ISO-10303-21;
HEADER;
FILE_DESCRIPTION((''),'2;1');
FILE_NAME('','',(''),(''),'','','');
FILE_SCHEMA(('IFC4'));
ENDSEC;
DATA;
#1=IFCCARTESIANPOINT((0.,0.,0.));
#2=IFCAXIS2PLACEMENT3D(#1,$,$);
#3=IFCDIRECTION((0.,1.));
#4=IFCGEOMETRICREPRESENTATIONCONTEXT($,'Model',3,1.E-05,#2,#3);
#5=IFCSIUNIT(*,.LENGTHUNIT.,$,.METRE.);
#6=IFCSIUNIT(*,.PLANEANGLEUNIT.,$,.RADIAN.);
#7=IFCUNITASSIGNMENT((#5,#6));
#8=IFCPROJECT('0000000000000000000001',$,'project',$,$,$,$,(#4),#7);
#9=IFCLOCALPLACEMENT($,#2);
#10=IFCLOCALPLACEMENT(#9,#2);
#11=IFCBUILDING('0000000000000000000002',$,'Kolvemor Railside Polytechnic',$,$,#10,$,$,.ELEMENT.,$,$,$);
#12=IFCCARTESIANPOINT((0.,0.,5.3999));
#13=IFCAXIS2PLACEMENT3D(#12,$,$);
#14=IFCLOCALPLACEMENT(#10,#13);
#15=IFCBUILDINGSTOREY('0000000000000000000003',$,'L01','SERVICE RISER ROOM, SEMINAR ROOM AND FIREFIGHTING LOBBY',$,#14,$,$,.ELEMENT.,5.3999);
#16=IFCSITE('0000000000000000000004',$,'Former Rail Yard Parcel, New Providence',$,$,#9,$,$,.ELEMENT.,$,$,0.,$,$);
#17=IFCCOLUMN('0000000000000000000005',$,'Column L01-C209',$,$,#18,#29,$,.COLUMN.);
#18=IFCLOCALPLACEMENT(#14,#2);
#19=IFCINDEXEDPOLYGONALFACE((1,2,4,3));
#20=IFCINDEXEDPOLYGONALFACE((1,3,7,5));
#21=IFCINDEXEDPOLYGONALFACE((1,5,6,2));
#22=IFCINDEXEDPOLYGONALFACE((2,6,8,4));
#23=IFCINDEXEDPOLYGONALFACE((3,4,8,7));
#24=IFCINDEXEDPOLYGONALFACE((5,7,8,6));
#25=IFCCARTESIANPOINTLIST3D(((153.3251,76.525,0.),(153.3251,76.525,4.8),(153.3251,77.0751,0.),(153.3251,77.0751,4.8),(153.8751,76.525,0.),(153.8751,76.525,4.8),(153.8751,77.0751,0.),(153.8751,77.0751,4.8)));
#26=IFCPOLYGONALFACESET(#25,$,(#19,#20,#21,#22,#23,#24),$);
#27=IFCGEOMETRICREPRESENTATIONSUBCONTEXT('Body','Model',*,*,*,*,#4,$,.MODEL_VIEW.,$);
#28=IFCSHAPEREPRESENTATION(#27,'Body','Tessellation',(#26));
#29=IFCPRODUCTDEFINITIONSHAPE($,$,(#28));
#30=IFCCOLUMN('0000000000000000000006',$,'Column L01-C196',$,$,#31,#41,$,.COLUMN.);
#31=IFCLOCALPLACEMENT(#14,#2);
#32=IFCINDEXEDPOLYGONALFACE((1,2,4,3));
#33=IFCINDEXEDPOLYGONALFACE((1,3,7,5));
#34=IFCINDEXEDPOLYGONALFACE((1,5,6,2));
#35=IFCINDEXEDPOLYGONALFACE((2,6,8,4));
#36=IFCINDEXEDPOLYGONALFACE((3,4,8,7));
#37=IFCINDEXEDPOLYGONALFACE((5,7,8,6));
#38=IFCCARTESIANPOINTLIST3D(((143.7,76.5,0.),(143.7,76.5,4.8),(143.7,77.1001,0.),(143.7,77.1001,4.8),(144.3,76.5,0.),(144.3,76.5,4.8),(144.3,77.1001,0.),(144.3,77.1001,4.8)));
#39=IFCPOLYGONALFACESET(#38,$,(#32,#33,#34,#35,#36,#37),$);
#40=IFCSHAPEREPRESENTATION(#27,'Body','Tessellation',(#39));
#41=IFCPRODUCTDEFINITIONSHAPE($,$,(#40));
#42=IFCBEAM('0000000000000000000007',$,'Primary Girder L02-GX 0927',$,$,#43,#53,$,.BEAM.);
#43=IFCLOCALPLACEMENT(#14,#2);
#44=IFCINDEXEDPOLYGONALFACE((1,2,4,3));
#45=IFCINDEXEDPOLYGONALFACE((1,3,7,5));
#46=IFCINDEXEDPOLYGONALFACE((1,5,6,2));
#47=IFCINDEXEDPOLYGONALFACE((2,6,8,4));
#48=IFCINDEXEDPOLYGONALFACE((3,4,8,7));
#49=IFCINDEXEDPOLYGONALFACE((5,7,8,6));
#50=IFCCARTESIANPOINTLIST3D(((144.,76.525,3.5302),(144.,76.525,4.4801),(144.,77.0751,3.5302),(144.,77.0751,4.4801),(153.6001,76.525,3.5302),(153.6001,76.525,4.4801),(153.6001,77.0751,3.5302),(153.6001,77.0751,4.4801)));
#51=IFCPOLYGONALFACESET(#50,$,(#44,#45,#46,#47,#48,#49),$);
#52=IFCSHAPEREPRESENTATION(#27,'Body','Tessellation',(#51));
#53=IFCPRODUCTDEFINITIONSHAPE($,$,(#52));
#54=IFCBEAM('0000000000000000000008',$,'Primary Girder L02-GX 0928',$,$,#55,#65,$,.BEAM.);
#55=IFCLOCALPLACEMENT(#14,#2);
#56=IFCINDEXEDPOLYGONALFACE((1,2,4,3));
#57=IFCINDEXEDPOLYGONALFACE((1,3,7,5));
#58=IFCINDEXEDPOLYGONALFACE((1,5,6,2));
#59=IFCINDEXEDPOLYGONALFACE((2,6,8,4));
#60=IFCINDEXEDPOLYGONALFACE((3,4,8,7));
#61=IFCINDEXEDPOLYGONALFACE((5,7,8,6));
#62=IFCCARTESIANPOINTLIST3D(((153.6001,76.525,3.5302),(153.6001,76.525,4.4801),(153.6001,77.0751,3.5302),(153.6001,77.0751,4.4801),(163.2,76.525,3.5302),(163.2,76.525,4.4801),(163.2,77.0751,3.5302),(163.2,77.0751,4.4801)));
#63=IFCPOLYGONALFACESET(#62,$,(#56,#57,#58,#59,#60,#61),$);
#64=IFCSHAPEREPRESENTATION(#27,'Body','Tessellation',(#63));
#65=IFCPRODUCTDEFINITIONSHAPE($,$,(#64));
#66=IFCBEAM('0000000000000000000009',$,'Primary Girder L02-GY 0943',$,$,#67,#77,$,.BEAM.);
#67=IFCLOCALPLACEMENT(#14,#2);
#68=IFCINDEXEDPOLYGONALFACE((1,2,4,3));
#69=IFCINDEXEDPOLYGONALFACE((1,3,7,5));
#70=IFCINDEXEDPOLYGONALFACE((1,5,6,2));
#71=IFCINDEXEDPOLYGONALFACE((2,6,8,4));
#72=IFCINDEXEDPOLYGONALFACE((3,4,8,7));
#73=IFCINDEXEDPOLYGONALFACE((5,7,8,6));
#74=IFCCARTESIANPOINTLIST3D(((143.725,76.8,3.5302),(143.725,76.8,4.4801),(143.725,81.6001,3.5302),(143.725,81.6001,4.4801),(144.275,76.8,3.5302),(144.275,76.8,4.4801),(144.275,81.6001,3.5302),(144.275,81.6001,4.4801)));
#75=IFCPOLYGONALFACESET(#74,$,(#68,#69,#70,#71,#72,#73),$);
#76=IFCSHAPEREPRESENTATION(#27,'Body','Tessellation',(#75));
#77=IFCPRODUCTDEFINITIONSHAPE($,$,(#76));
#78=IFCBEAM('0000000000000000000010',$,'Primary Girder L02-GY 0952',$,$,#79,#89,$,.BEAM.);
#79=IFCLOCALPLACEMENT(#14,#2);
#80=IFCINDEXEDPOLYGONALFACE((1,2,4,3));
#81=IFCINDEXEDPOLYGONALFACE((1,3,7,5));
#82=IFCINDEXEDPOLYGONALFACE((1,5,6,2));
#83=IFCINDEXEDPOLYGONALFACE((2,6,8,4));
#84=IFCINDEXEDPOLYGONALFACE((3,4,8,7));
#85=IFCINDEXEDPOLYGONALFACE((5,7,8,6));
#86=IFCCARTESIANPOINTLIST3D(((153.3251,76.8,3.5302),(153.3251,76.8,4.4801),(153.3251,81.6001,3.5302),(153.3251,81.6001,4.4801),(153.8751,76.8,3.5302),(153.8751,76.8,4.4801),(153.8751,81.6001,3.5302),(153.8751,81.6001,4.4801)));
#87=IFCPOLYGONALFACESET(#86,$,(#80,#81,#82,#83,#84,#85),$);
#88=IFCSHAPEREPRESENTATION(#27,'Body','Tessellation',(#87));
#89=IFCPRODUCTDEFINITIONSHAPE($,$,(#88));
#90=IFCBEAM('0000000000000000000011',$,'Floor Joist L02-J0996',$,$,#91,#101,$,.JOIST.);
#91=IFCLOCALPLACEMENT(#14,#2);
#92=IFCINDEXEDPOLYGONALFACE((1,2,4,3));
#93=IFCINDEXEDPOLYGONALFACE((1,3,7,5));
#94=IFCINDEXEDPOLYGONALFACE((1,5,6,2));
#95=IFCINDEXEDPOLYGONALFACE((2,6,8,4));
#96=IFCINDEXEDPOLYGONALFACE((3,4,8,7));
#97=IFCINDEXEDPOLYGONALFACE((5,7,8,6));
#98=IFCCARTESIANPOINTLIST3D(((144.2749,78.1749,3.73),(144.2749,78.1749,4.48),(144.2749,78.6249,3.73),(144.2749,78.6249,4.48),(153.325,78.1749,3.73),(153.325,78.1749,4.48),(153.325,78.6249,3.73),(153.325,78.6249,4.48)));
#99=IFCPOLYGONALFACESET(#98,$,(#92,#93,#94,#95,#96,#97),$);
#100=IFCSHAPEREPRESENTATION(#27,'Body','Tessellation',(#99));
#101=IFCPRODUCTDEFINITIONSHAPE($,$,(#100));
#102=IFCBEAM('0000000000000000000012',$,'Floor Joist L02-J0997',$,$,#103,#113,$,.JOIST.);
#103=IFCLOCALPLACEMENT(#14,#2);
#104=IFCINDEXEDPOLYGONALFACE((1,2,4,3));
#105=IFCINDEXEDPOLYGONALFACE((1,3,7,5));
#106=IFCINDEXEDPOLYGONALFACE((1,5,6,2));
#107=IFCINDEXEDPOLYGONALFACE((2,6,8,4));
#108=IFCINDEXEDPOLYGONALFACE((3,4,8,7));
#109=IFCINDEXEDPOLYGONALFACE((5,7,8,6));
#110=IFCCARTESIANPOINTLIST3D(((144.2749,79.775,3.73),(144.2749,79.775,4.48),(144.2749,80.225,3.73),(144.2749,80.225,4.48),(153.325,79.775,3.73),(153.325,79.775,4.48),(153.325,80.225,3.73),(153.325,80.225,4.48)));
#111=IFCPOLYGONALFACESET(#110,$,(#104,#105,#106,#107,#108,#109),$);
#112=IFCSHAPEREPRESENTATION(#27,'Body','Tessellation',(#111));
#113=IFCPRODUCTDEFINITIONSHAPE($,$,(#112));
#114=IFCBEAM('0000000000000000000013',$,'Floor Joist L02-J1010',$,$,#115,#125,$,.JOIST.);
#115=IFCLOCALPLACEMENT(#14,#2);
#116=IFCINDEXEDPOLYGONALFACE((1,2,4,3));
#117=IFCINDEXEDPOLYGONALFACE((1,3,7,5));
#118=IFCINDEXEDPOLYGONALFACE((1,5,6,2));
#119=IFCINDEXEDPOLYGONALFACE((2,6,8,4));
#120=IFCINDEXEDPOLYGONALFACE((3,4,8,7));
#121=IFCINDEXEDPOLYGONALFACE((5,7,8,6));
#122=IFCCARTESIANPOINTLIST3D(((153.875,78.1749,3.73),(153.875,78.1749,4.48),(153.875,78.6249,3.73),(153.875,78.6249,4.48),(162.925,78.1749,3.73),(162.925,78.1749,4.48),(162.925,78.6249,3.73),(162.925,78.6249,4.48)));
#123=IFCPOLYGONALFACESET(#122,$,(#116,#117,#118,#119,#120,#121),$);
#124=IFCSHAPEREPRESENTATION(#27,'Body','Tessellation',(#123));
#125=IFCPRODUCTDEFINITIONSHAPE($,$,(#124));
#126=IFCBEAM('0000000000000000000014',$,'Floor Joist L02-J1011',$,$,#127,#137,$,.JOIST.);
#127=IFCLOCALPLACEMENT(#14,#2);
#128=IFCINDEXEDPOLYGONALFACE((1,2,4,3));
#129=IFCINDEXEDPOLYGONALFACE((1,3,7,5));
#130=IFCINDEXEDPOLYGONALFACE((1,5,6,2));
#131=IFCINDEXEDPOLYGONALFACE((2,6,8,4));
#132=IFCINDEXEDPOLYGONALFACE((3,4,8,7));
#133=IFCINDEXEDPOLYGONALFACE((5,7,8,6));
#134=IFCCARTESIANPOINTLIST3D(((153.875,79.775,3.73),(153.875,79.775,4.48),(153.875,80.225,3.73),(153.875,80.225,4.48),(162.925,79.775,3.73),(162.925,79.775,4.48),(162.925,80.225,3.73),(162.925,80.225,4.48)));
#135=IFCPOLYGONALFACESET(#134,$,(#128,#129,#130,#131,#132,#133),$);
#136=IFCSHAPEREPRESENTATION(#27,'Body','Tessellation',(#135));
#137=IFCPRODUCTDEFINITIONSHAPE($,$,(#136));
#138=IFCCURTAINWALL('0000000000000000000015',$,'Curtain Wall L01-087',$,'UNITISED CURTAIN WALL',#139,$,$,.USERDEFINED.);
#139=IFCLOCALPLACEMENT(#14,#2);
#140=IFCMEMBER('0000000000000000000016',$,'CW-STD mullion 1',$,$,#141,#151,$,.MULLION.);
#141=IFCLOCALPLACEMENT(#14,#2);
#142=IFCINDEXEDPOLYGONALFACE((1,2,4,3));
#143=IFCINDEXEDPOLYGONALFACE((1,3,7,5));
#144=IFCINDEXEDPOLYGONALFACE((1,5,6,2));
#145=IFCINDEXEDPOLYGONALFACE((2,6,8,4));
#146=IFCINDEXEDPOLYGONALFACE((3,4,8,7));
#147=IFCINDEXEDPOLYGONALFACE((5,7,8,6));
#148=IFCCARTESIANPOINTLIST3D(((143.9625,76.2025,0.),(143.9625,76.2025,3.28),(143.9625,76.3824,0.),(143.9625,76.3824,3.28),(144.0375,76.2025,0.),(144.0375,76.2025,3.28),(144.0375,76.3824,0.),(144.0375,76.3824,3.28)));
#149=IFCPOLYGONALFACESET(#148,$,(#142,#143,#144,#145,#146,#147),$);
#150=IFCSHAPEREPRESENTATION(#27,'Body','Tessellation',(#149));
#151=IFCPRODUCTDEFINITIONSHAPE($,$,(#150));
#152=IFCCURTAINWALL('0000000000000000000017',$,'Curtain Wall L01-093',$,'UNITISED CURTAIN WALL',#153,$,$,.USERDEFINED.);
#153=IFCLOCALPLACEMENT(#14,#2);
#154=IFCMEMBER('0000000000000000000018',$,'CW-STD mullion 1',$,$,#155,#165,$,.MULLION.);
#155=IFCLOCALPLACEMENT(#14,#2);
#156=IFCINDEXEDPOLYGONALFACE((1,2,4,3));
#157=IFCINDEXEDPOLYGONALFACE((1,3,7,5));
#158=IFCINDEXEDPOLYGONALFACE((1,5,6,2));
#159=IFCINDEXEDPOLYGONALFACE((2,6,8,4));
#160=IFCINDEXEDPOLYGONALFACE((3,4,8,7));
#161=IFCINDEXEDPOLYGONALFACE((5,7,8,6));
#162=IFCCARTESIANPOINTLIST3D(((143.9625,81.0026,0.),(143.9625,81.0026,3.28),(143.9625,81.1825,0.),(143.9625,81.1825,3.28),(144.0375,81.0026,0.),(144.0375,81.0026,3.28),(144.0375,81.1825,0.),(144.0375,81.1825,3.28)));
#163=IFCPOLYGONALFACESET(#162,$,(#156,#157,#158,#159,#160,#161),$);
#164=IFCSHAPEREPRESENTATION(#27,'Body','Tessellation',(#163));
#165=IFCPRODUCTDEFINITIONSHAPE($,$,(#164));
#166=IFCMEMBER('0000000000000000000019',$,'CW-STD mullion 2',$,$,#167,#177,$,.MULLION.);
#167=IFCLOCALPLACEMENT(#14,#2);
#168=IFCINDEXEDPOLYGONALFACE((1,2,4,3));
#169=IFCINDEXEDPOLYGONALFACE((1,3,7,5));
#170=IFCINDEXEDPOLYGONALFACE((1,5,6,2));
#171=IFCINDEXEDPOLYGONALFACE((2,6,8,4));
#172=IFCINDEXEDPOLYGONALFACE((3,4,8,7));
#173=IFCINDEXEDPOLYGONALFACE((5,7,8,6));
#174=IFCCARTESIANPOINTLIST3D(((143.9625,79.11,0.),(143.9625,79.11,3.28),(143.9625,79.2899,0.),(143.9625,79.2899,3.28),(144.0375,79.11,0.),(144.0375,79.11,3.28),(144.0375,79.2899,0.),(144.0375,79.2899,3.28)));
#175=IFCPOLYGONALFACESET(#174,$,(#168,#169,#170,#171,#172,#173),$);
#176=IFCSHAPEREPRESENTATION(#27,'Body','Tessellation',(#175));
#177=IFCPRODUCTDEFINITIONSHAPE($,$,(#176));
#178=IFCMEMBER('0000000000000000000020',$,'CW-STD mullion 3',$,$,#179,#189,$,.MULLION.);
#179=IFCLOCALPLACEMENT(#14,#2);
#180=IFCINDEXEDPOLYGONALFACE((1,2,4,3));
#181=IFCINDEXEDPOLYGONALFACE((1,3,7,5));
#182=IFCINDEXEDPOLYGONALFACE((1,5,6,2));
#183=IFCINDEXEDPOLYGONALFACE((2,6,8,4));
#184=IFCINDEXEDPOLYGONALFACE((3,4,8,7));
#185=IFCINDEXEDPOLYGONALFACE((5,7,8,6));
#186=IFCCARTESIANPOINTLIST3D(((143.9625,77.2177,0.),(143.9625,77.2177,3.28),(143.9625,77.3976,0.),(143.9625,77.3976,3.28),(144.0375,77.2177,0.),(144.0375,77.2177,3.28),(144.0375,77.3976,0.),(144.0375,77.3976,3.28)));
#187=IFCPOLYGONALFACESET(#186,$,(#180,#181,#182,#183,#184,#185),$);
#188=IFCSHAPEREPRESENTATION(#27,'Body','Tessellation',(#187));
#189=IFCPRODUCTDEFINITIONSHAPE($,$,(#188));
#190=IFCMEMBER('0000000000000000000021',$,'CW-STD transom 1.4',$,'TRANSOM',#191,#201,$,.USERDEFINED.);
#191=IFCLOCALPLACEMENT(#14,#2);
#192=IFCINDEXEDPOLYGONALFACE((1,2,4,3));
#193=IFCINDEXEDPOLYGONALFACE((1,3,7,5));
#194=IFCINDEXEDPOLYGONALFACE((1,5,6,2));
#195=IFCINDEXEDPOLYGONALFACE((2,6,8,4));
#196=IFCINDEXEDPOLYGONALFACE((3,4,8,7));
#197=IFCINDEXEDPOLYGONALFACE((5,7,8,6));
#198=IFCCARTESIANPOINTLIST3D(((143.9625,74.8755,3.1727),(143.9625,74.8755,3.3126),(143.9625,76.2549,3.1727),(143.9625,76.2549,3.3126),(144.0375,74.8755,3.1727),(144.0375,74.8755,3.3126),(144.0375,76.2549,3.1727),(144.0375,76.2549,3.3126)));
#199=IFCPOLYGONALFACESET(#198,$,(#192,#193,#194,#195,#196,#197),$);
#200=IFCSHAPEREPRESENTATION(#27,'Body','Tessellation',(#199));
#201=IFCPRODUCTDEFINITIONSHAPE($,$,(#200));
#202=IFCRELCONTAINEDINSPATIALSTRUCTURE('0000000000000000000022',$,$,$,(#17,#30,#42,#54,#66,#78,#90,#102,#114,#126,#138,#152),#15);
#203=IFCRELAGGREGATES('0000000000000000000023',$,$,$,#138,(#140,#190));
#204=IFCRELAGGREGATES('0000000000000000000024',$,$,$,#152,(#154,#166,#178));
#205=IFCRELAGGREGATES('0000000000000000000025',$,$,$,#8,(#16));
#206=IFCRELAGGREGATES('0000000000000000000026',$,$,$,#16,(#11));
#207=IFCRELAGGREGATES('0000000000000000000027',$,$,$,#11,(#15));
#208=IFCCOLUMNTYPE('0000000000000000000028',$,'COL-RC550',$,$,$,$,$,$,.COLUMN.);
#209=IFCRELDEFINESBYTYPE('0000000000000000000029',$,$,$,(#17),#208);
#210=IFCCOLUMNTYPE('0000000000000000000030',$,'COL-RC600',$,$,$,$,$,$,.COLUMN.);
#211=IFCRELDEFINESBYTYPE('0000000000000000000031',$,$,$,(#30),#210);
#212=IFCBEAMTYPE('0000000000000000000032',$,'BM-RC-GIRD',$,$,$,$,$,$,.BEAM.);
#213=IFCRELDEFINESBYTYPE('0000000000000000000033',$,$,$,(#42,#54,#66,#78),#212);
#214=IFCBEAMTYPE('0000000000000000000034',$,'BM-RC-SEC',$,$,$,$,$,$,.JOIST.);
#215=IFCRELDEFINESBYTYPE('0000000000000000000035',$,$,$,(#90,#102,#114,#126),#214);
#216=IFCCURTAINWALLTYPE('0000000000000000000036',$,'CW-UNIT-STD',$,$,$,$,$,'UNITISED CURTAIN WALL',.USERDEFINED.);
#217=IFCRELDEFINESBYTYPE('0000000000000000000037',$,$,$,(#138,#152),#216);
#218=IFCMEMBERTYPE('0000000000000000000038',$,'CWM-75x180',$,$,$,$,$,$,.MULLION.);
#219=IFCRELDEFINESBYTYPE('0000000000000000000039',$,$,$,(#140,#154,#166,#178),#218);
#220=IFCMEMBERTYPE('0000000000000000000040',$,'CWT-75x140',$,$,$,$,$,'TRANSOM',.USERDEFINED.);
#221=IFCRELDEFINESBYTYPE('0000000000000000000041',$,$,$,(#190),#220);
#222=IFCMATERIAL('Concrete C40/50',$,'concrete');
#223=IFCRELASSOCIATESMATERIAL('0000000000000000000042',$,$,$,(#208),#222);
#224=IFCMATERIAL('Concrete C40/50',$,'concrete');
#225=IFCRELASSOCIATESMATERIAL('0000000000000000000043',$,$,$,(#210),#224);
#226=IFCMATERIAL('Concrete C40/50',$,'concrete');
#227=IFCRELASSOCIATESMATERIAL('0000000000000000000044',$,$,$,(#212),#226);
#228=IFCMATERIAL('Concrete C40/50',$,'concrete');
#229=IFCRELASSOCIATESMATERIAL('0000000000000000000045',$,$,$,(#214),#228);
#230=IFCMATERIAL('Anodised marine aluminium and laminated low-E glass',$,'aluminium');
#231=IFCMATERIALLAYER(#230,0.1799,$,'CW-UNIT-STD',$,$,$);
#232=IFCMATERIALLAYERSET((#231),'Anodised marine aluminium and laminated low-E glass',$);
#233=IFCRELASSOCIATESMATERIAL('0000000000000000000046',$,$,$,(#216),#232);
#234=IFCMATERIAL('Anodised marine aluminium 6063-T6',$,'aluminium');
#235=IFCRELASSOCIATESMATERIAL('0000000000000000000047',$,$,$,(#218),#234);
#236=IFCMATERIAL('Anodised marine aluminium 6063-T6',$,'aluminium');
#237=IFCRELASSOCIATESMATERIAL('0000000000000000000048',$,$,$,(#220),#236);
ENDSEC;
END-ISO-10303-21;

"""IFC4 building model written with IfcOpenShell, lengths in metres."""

from ifc_helpers import new_model, si_unit, direction, frame, origin, origin_2d, place, context, subcontext, project, spatial, rectangle, extrude, material, layer, layer_set, material_profile, profile_set, type_object, element, aggregate, save


model = new_model("IFC4")

# Units and contexts
model_context = context("Model", 3, precision=1e-05, world=origin(), true_north=direction((0.0, 1.0)))
body_context = subcontext(model_context, "Body", "Model", "MODEL_VIEW")
ifc_project = project(units=[si_unit("LENGTHUNIT", "METRE"), si_unit("PLANEANGLEUNIT", "RADIAN")], contexts=[model_context])

# Site, building, storey
site_placement = place(None, origin())
site = spatial("IfcSite", under=ifc_project, at=site_placement, Name="Former Rail Yard Parcel, New Providence", CompositionType="ELEMENT", RefElevation=0.0)
building_placement = place(site_placement, origin())
building = spatial("IfcBuilding", under=site, at=building_placement, Name="Kolvemor Railside Polytechnic", CompositionType="ELEMENT")
storey_placement = place(building_placement, frame((0.0, 0.0, 5.3999)))
storey = spatial("IfcBuildingStorey", under=building, at=storey_placement, Name="L01", Description="SERVICE RISER ROOM, SEMINAR ROOM AND FIREFIGHTING LOBBY", CompositionType="ELEMENT", Elevation=5.3999)

# Columns
ifc_material_1 = material(Name="Concrete C40/50", Category="concrete")
ifc_material_profile_1 = material_profile(ifc_material_1, rectangle(XDim=0.55, YDim=0.55, at=origin_2d()), Name="RC550x550")
ifc_profile_set_1 = profile_set([ifc_material_profile_1], Name="Concrete C40/50")
column_type_1 = type_object("IfcColumnType", Name="COL-RC550", PredefinedType="COLUMN", material=ifc_profile_set_1)
column_1_placement = place(storey_placement, frame((153.6001, 76.8, 0.0), z_axis=(0.0, 0.0, 1.0), x_axis=(1.0, 0.0, 0.0)))
element("IfcColumn", 1, at=column_1_placement, inside=storey, type_object=column_type_1, Name="Column L01-C209", PredefinedType="COLUMN", context=body_context, shape_type="SweptSolid", body=[
    extrude(rectangle(XDim=0.55, YDim=0.55, at=origin_2d()), origin(), (0.0, 0.0, 1.0), 4.8),
])
ifc_material_2 = material(Name="Concrete C40/50", Category="concrete")
ifc_material_profile_2 = material_profile(ifc_material_2, rectangle(XDim=0.6001, YDim=0.6001, at=origin_2d()), Name="RC600x600")
ifc_profile_set_2 = profile_set([ifc_material_profile_2], Name="Concrete C40/50")
column_type_2 = type_object("IfcColumnType", Name="COL-RC600", PredefinedType="COLUMN", material=ifc_profile_set_2)
column_2_placement = place(storey_placement, frame((144.0, 76.8, 0.0), z_axis=(0.0, 0.0, 1.0), x_axis=(1.0, 0.0, 0.0)))
element("IfcColumn", 2, at=column_2_placement, inside=storey, type_object=column_type_2, Name="Column L01-C196", PredefinedType="COLUMN", context=body_context, shape_type="SweptSolid", body=[
    extrude(rectangle(XDim=0.6001, YDim=0.6001, at=origin_2d()), origin(), (0.0, 0.0, 1.0), 4.8),
])

# Beams
ifc_material_3 = material(Name="Concrete C40/50", Category="concrete")
ifc_material_profile_3 = material_profile(ifc_material_3, rectangle(XDim=0.55, YDim=0.95, at=origin_2d()), Name="RC550x950")
ifc_profile_set_3 = profile_set([ifc_material_profile_3], Name="Concrete C40/50")
beam_type_1 = type_object("IfcBeamType", Name="BM-RC-GIRD", PredefinedType="BEAM", material=ifc_profile_set_3)
beam_1_placement = place(storey_placement, frame((144.0, 76.8, 4.0051), z_axis=(1.0, 0.0, 0.0), x_axis=(0.0, 1.0, 0.0)))
element("IfcBeam", 3, at=beam_1_placement, inside=storey, type_object=beam_type_1, Name="Primary Girder L02-GX 0927", PredefinedType="BEAM", context=body_context, shape_type="SweptSolid", body=[
    extrude(rectangle(XDim=0.55, YDim=0.95, at=origin_2d()), origin(), (0.0, 0.0, 1.0), 9.6001),
])
beam_2_placement = place(storey_placement, frame((153.6001, 76.8, 4.0051), z_axis=(1.0, 0.0, 0.0), x_axis=(0.0, 1.0, 0.0)))
element("IfcBeam", 4, at=beam_2_placement, inside=storey, type_object=beam_type_1, Name="Primary Girder L02-GX 0928", PredefinedType="BEAM", context=body_context, shape_type="SweptSolid", body=[
    extrude(rectangle(XDim=0.55, YDim=0.95, at=origin_2d()), origin(), (0.0, 0.0, 1.0), 9.5999),
])
for number, where, z_axis, x_axis, name in (
    (5, (144.0, 76.8, 4.0051), (0.0, 1.0, 0.0), (-1.0, 0.0, 0.0), "Primary Girder L02-GY 0943"),
    (6, (153.6001, 76.8, 4.0051), (0.0, 1.0, 0.0), (-1.0, 0.0, 0.0), "Primary Girder L02-GY 0952"),
):
    element("IfcBeam", number, at=place(storey_placement, frame(where, z_axis=z_axis, x_axis=x_axis)), inside=storey, type_object=beam_type_1, Name=name, PredefinedType="BEAM", context=body_context, shape_type="SweptSolid", body=[
        extrude(rectangle(XDim=0.55, YDim=0.95, at=origin_2d()), origin(), (0.0, 0.0, 1.0), 4.8),
    ])
ifc_material_4 = material(Name="Concrete C40/50", Category="concrete")
ifc_material_profile_4 = material_profile(ifc_material_4, rectangle(XDim=0.45, YDim=0.75, at=origin_2d()), Name="RC450x750")
ifc_profile_set_4 = profile_set([ifc_material_profile_4], Name="Concrete C40/50")
beam_type_2 = type_object("IfcBeamType", Name="BM-RC-SEC", PredefinedType="JOIST", material=ifc_profile_set_4)
for number, where, z_axis, x_axis, name in (
    (7, (144.2749, 78.3999, 4.105), (1.0, 0.0, 0.0), (0.0, 1.0, 0.0), "Floor Joist L02-J0996"),
    (8, (144.2749, 80.0, 4.105), (1.0, 0.0, 0.0), (0.0, 1.0, 0.0), "Floor Joist L02-J0997"),
    (9, (153.875, 78.3999, 4.105), (1.0, 0.0, 0.0), (0.0, 1.0, 0.0), "Floor Joist L02-J1010"),
    (10, (153.875, 80.0, 4.105), (1.0, 0.0, 0.0), (0.0, 1.0, 0.0), "Floor Joist L02-J1011"),
):
    element("IfcBeam", number, at=place(storey_placement, frame(where, z_axis=z_axis, x_axis=x_axis)), inside=storey, type_object=beam_type_2, Name=name, PredefinedType="JOIST", context=body_context, shape_type="SweptSolid", body=[
        extrude(rectangle(XDim=0.45, YDim=0.75, at=origin_2d()), origin(), (0.0, 0.0, 1.0), 9.05),
    ])

# Curtain wall, member
ifc_material_5 = material(Name="Anodised marine aluminium and laminated low-E glass", Category="aluminium")
ifc_layer_1 = layer(ifc_material_5, 0.1799, Name="CW-UNIT-STD")
ifc_layer_set_1 = layer_set([ifc_layer_1], Name="Anodised marine aluminium and laminated low-E glass")
curtain_wall_type = type_object("IfcCurtainWallType", Name="CW-UNIT-STD", ElementType="UNITISED CURTAIN WALL", PredefinedType="USERDEFINED", material=ifc_layer_set_1)
curtain_wall_1_placement = place(storey_placement, origin())
curtain_wall_1 = element("IfcCurtainWall", 11, at=curtain_wall_1_placement, inside=storey, type_object=curtain_wall_type, Name="Curtain Wall L01-087", ObjectType="UNITISED CURTAIN WALL", PredefinedType="USERDEFINED")
ifc_material_6 = material(Name="Anodised marine aluminium 6063-T6", Category="aluminium")
ifc_material_profile_5 = material_profile(ifc_material_6, rectangle(XDim=0.075, YDim=0.1799, at=origin_2d()), Name="CW-MUL-75x180")
ifc_profile_set_5 = profile_set([ifc_material_profile_5], Name="Anodised marine aluminium 6063-T6")
member_type_1 = type_object("IfcMemberType", Name="CWM-75x180", PredefinedType="MULLION", material=ifc_profile_set_5)
member_1_placement = place(storey_placement, frame((144.0, 76.2925, 0.0), z_axis=(0.0, 0.0, 1.0), x_axis=(1.0, 0.0, 0.0)))
member_1 = element("IfcMember", 12, at=member_1_placement, type_object=member_type_1, Name="CW-STD mullion 1", PredefinedType="MULLION", context=body_context, shape_type="SweptSolid", body=[
    extrude(rectangle(XDim=0.075, YDim=0.1799, at=origin_2d()), origin(), (0.0, 0.0, 1.0), 3.28),
])

# Curtain wall, members
curtain_wall_2_placement = place(storey_placement, origin())
curtain_wall_2 = element("IfcCurtainWall", 13, at=curtain_wall_2_placement, inside=storey, type_object=curtain_wall_type, Name="Curtain Wall L01-093", ObjectType="UNITISED CURTAIN WALL", PredefinedType="USERDEFINED")
member_2_placement = place(storey_placement, frame((144.0, 81.0925, 0.0), z_axis=(0.0, 0.0, 1.0), x_axis=(1.0, 0.0, 0.0)))
member_2 = element("IfcMember", 14, at=member_2_placement, type_object=member_type_1, Name="CW-STD mullion 1", PredefinedType="MULLION", context=body_context, shape_type="SweptSolid", body=[
    extrude(rectangle(XDim=0.075, YDim=0.1799, at=origin_2d()), origin(), (0.0, 0.0, 1.0), 3.28),
])
member_3_placement = place(storey_placement, frame((144.0, 79.2, 0.0), z_axis=(0.0, 0.0, 1.0), x_axis=(1.0, 0.0, 0.0)))
member_3 = element("IfcMember", 15, at=member_3_placement, type_object=member_type_1, Name="CW-STD mullion 2", PredefinedType="MULLION", context=body_context, shape_type="SweptSolid", body=[
    extrude(rectangle(XDim=0.075, YDim=0.1799, at=origin_2d()), origin(), (0.0, 0.0, 1.0), 3.28),
])
member_4_placement = place(storey_placement, frame((144.0, 77.3076, 0.0), z_axis=(0.0, 0.0, 1.0), x_axis=(1.0, 0.0, 0.0)))
member_4 = element("IfcMember", 16, at=member_4_placement, type_object=member_type_1, Name="CW-STD mullion 3", PredefinedType="MULLION", context=body_context, shape_type="SweptSolid", body=[
    extrude(rectangle(XDim=0.075, YDim=0.1799, at=origin_2d()), origin(), (0.0, 0.0, 1.0), 3.28),
])

# Member
ifc_material_7 = material(Name="Anodised marine aluminium 6063-T6", Category="aluminium")
ifc_material_profile_6 = material_profile(ifc_material_7, rectangle(XDim=0.075, YDim=0.1399, at=origin_2d()), Name="CW-TRN-75x140")
ifc_profile_set_6 = profile_set([ifc_material_profile_6], Name="Anodised marine aluminium 6063-T6")
member_type_2 = type_object("IfcMemberType", Name="CWT-75x140", ElementType="TRANSOM", PredefinedType="USERDEFINED", material=ifc_profile_set_6)
member_5_placement = place(storey_placement, frame((144.0, 76.2549, 3.2427), z_axis=(0.0, -1.0, 0.0), x_axis=(1.0, 0.0, 0.0)))
member_5 = element("IfcMember", 17, at=member_5_placement, type_object=member_type_2, Name="CW-STD transom 1.4", ObjectType="TRANSOM", PredefinedType="USERDEFINED", context=body_context, shape_type="SweptSolid", body=[
    extrude(rectangle(XDim=0.075, YDim=0.1399, at=origin_2d()), origin(), (0.0, 0.0, 1.0), 1.3794),
])
aggregate(curtain_wall_1, [member_1, member_5])

aggregate(curtain_wall_2, [member_2, member_3, member_4])

save(model, "model.ifc")
